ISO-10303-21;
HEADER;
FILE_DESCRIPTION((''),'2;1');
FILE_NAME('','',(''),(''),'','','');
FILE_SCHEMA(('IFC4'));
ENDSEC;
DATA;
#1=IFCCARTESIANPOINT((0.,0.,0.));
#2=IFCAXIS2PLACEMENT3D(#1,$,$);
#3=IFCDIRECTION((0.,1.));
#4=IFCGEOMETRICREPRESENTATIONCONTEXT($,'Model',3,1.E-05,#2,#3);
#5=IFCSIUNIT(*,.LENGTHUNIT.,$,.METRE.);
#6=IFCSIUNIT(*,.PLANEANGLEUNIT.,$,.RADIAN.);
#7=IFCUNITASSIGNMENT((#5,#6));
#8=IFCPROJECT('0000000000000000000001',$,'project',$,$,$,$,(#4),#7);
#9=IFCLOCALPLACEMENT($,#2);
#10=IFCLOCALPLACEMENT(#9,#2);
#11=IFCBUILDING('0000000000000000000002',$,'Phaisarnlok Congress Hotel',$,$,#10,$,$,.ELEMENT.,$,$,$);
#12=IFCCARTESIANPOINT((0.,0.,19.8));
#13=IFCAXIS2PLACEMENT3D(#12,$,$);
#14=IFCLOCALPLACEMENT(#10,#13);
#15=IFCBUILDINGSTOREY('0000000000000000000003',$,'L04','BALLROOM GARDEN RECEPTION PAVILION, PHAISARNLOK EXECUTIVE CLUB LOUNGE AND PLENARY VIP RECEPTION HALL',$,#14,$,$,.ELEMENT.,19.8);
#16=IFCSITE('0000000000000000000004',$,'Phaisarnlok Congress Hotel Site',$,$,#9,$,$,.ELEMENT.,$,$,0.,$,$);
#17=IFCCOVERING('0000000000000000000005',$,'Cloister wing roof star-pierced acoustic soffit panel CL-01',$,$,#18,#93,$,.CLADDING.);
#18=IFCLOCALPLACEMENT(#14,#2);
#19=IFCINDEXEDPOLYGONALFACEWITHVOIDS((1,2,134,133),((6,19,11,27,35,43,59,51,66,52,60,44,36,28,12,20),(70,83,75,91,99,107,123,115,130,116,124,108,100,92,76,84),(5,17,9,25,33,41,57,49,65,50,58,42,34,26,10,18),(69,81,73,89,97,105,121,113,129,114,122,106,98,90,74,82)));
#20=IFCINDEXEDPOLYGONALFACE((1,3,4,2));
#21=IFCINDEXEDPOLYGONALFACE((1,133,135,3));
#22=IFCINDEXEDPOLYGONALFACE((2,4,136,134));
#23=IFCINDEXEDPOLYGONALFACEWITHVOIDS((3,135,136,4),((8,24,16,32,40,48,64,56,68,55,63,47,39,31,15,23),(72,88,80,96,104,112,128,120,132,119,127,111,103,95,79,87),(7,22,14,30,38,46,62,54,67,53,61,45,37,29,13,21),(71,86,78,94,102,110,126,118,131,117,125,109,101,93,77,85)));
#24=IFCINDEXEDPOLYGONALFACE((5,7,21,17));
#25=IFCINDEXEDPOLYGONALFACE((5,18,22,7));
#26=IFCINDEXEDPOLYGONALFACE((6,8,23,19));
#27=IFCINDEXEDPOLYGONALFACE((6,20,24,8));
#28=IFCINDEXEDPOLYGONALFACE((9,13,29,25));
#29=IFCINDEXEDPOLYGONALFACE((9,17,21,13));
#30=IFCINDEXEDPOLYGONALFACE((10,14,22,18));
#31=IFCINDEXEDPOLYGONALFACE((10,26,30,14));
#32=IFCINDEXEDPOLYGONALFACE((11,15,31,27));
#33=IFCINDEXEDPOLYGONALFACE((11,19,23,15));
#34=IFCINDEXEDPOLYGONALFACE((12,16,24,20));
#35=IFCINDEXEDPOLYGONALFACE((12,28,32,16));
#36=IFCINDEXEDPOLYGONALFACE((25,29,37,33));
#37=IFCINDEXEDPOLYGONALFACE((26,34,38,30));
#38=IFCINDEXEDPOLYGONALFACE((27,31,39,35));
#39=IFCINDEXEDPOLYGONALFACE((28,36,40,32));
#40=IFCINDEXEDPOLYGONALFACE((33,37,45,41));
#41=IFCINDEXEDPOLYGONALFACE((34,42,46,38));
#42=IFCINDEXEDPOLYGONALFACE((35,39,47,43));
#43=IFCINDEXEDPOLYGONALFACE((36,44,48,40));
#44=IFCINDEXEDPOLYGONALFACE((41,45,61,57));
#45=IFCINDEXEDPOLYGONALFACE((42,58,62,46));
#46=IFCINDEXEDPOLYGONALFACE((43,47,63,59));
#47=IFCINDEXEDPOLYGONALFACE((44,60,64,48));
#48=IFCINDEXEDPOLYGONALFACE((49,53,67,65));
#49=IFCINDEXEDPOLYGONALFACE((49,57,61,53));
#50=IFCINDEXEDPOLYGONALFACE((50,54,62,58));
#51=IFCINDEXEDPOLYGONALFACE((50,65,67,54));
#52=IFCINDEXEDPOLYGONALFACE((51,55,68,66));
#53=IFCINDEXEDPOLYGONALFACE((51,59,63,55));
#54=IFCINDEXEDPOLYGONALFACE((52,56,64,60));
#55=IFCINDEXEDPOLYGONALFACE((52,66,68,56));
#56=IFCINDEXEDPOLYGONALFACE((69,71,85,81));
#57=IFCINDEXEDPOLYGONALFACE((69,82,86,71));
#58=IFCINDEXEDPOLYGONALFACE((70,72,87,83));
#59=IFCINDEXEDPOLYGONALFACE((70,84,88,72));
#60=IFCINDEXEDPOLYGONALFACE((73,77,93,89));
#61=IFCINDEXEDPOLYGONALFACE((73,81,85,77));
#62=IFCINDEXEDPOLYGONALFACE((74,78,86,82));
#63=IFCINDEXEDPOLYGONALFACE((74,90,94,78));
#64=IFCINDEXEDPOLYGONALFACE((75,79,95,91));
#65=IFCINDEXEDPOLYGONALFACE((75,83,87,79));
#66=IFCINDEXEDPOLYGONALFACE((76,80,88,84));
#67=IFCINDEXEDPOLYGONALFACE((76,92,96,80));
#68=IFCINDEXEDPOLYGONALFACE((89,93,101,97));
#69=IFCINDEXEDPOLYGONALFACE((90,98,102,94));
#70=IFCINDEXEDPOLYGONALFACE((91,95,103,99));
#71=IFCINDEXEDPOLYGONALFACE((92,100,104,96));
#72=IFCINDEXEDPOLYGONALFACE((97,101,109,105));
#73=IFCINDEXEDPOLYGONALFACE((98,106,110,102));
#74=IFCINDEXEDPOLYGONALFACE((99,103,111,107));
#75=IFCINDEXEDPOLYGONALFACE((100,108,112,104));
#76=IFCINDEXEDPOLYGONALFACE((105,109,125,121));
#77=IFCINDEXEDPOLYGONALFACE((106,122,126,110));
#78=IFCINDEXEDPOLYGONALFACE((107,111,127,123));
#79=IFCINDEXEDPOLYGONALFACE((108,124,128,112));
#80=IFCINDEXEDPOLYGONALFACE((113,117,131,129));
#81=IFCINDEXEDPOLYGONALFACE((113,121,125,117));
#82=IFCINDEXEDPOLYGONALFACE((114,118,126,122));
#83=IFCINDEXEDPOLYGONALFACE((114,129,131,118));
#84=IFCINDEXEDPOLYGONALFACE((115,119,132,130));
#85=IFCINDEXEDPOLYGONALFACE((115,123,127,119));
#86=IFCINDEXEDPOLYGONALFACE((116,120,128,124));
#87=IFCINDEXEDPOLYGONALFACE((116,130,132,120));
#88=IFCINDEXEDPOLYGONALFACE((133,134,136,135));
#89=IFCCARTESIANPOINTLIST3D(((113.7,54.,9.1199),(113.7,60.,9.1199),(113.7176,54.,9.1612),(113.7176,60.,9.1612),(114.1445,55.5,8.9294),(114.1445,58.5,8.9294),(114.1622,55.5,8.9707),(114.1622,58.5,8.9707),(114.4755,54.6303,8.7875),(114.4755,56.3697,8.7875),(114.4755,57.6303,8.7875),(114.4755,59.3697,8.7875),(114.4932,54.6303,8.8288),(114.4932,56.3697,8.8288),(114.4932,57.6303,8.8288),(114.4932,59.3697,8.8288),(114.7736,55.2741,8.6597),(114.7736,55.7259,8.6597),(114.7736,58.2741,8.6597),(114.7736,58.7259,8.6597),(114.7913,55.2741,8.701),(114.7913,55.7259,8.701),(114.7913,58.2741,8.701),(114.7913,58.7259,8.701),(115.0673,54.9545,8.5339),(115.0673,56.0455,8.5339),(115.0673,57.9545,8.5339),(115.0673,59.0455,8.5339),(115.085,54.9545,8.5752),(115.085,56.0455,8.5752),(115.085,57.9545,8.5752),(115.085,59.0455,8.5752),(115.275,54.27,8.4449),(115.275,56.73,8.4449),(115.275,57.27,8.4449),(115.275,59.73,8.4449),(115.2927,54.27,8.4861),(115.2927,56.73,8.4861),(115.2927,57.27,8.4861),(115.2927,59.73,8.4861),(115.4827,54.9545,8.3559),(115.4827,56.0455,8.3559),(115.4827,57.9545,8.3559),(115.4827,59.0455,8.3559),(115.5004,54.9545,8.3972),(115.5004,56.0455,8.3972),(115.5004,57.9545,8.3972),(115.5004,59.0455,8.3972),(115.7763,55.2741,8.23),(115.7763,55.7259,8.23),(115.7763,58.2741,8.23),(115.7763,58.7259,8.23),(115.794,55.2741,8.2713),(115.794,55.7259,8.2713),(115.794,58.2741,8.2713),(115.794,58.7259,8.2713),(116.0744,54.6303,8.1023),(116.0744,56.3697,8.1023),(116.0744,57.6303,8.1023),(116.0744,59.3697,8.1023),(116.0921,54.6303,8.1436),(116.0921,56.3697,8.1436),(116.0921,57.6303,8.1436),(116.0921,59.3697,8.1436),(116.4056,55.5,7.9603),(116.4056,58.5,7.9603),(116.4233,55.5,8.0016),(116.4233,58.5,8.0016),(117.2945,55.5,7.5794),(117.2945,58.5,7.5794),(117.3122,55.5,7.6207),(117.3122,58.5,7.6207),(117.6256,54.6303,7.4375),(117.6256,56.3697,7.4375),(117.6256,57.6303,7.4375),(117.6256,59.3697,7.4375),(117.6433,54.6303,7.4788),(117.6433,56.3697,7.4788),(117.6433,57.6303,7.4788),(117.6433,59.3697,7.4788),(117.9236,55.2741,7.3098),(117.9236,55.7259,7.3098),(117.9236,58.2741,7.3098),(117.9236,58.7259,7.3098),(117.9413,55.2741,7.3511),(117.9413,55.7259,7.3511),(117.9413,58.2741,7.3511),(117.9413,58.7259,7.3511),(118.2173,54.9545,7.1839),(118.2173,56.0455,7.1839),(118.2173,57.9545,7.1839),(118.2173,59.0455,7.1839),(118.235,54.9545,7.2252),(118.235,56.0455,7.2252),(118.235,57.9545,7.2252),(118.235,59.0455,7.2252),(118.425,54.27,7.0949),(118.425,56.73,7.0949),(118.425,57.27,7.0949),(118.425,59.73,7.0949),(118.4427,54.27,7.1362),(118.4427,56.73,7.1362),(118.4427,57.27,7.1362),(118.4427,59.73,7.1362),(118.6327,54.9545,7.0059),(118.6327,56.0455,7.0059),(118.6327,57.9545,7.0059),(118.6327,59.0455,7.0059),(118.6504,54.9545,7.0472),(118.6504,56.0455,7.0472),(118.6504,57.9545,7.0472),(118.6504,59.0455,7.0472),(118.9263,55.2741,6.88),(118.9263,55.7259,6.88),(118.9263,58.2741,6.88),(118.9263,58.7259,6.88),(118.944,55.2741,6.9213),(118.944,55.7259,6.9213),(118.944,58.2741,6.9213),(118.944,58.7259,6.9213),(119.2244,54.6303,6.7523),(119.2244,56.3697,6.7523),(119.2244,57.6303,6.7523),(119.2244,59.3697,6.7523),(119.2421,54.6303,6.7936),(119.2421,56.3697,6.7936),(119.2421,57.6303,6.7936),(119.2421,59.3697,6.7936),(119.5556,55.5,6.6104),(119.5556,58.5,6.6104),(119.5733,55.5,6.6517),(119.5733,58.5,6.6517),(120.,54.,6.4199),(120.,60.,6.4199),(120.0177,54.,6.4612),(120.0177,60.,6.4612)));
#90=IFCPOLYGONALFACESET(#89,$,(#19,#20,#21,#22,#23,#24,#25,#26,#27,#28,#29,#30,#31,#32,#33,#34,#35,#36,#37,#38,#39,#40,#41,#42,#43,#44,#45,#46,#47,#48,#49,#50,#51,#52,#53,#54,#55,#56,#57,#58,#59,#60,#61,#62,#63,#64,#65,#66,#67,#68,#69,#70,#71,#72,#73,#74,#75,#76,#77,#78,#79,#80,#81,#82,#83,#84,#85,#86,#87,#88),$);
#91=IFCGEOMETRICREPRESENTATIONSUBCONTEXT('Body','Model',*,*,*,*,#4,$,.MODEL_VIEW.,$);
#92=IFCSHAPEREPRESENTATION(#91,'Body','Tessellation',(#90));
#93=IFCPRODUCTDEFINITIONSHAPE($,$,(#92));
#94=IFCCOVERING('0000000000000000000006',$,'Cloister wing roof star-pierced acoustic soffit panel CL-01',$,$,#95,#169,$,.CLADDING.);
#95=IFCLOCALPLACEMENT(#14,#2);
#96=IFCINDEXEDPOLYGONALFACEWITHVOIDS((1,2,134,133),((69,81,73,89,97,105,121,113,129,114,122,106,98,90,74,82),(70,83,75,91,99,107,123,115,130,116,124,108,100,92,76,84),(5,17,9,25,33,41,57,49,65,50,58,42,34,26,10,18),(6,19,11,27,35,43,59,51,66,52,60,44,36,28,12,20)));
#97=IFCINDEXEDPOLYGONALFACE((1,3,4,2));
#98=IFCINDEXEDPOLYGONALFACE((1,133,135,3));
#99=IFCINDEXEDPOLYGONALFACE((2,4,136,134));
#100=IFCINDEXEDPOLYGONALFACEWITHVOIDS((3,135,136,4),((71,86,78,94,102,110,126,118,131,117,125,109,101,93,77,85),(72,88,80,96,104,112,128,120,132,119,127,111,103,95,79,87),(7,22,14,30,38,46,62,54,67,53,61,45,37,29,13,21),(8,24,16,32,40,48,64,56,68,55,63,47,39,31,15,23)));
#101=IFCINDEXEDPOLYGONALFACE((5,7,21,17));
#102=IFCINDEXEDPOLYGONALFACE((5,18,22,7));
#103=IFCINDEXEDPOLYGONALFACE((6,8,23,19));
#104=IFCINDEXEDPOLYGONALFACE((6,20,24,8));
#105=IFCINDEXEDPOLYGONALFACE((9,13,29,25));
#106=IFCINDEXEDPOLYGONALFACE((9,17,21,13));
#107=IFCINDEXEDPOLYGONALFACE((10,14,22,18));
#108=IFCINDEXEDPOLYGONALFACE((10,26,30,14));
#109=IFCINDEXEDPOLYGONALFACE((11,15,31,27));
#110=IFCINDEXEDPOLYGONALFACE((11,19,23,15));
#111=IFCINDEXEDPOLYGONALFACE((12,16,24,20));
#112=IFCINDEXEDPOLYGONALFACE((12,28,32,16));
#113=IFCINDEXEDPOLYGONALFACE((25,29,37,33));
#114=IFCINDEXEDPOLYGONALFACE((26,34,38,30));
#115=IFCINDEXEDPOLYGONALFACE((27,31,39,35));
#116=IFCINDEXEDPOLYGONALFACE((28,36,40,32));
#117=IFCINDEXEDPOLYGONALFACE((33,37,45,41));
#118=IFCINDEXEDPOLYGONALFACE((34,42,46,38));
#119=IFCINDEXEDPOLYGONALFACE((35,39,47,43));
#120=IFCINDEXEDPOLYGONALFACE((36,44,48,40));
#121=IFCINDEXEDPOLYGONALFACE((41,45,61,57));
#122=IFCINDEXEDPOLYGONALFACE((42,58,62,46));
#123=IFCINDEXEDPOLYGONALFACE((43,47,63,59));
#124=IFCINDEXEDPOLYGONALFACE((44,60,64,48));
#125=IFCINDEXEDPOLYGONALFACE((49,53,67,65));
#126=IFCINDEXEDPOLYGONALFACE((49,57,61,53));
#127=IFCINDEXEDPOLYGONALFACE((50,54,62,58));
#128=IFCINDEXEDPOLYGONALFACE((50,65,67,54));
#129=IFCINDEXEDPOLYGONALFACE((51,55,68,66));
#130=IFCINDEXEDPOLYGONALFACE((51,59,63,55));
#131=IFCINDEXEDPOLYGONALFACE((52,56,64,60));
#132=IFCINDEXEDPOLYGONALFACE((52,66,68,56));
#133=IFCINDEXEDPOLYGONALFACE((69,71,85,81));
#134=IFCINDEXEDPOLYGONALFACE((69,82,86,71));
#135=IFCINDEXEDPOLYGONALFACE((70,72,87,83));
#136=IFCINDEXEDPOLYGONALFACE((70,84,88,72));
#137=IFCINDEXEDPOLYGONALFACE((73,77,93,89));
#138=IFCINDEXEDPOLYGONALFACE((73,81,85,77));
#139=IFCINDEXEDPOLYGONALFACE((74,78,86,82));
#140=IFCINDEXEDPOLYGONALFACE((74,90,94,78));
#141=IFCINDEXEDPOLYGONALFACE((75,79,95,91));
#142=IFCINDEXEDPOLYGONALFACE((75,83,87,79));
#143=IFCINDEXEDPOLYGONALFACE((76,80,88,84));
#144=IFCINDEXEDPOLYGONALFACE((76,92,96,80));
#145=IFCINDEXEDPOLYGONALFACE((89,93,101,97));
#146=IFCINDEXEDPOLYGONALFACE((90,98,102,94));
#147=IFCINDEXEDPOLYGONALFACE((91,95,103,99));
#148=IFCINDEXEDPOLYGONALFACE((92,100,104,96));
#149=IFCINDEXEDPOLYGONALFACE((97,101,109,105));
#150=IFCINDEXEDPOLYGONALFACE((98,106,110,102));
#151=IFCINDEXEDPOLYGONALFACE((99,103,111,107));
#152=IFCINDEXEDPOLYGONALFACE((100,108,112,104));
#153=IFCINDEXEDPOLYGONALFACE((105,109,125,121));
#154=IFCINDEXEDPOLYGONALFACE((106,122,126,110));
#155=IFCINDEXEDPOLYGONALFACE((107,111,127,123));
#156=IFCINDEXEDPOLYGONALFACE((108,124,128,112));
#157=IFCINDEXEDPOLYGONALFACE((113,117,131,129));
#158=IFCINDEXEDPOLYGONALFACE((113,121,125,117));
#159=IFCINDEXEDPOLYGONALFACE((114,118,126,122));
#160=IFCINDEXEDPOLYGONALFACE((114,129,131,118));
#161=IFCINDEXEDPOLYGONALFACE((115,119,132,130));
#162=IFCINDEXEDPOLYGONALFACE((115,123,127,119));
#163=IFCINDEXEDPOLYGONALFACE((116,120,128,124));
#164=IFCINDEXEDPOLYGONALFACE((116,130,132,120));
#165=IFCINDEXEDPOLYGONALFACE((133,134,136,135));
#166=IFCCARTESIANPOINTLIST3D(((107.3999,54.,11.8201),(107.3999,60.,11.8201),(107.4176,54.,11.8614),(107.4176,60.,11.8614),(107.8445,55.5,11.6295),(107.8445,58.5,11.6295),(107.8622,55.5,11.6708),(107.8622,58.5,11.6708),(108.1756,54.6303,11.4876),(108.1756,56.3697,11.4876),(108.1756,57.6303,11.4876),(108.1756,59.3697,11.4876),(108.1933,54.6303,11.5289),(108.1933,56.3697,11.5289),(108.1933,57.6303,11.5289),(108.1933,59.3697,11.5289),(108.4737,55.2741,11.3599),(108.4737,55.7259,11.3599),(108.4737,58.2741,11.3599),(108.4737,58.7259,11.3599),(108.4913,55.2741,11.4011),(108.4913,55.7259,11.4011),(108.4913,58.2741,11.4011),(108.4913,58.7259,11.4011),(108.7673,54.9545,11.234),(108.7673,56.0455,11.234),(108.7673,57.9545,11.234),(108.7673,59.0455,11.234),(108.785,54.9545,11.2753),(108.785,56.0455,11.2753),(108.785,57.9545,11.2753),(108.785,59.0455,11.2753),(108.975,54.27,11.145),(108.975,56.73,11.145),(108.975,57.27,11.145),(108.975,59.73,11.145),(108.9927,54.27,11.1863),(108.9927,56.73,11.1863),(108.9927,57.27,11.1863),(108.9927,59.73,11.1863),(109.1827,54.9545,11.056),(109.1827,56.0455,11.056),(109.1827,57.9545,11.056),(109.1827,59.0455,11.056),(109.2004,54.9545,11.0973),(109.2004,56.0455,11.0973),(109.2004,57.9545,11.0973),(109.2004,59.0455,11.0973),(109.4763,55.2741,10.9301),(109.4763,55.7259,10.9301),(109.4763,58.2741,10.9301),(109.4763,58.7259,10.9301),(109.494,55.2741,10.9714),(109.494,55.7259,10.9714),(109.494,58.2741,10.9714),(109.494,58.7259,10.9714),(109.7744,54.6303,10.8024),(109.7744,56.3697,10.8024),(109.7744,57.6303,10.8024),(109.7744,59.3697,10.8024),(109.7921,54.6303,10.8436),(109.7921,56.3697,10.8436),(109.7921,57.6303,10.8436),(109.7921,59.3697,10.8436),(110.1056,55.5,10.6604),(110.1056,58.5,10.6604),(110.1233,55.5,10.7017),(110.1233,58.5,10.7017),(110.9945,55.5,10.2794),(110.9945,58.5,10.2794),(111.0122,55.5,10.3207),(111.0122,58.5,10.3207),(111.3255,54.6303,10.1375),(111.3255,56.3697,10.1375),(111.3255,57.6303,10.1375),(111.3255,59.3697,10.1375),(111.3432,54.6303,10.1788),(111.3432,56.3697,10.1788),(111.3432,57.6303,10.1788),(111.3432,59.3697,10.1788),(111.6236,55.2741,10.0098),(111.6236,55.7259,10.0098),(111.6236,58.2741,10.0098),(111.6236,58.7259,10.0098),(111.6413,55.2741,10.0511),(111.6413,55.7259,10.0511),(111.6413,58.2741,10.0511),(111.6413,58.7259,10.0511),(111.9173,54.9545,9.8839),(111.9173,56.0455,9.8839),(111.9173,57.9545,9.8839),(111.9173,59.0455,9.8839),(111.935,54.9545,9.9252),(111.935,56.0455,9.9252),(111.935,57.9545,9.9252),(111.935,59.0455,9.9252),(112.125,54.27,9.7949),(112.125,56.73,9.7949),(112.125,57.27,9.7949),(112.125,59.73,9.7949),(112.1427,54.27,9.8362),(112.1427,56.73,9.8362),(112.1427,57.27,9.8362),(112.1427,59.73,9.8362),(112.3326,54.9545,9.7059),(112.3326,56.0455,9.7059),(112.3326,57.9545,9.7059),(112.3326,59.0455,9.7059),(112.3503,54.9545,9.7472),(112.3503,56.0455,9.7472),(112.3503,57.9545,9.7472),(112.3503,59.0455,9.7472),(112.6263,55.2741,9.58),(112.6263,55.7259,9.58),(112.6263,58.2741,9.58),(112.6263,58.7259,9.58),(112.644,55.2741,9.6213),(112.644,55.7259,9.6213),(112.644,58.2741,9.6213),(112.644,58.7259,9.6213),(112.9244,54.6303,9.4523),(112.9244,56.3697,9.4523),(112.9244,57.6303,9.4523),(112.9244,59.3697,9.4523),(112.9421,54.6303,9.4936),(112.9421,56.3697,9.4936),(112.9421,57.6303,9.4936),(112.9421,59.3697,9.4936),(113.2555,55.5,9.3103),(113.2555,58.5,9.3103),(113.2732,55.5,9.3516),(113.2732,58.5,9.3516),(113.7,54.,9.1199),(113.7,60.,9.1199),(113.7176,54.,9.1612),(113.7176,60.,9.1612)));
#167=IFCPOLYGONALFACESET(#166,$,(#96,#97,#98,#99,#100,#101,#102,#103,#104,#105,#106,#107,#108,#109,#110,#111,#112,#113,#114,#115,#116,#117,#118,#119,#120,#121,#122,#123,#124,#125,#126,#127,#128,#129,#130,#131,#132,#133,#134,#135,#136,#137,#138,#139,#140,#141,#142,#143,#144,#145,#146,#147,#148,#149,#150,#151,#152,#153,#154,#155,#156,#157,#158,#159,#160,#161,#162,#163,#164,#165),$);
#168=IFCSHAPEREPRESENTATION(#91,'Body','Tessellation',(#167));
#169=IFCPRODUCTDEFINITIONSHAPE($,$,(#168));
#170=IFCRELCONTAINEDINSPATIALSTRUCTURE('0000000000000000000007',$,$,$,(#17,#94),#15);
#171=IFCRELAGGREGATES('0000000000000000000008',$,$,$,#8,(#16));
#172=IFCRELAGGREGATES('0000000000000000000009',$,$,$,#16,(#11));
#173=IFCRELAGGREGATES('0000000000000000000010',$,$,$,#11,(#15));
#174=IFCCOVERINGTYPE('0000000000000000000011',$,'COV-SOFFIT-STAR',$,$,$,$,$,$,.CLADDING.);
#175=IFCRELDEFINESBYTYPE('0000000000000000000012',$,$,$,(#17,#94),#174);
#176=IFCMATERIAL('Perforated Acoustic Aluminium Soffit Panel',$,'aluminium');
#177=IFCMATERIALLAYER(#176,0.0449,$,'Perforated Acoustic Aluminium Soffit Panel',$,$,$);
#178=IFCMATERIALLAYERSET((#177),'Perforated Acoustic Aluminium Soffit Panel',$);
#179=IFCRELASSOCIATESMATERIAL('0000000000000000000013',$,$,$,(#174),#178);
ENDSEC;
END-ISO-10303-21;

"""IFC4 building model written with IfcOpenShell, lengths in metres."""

from ifc_helpers import new_model, si_unit, direction, frame, origin, place, context, subcontext, project, spatial, polyline, outline, extrude, material, layer, layer_set, type_object, element, save


model = new_model("IFC4")

# Units and contexts
model_context = context("Model", 3, precision=1e-05, world=origin(), true_north=direction((0.0, 1.0)))
body_context = subcontext(model_context, "Body", "Model", "MODEL_VIEW")
ifc_project = project(units=[si_unit("LENGTHUNIT", "METRE"), si_unit("PLANEANGLEUNIT", "RADIAN")], contexts=[model_context])

# Site, building, storey
site_placement = place(None, origin())
site = spatial("IfcSite", under=ifc_project, at=site_placement, Name="Phaisarnlok Congress Hotel Site", CompositionType="ELEMENT", RefElevation=0.0)
building_placement = place(site_placement, origin())
building = spatial("IfcBuilding", under=site, at=building_placement, Name="Phaisarnlok Congress Hotel", CompositionType="ELEMENT")
storey_placement = place(building_placement, frame((0.0, 0.0, 19.8)))
storey = spatial("IfcBuildingStorey", under=building, at=storey_placement, Name="L04", Description="BALLROOM GARDEN RECEPTION PAVILION, PHAISARNLOK EXECUTIVE CLUB LOUNGE AND PLENARY VIP RECEPTION HALL", CompositionType="ELEMENT", Elevation=19.8)

# Coverings
ifc_material_1 = material(Name="Perforated Acoustic Aluminium Soffit Panel", Category="aluminium")
ifc_layer_1 = layer(ifc_material_1, 0.0449, Name="Perforated Acoustic Aluminium Soffit Panel")
ifc_layer_set_1 = layer_set([ifc_layer_1], Name="Perforated Acoustic Aluminium Soffit Panel")
covering_type = type_object("IfcCoveringType", Name="COV-SOFFIT-STAR", PredefinedType="CLADDING", material=ifc_layer_set_1)
covering_1_placement = place(storey_placement, frame((120.0, 54.0, 6.4199), z_axis=(0.393911, 0.0, 0.919149), x_axis=(0.0, 1.0, 0.0)))
element("IfcCovering", 1, at=covering_1_placement, inside=storey, type_object=covering_type, Name="Cloister wing roof star-pierced acoustic soffit panel CL-01", PredefinedType="CLADDING", context=body_context, shape_type="SweptSolid", body=[
    extrude(outline(polyline([(0.0, 0.0), (6.0, 0.0), (6.0, 6.8542), (0.0, 6.8542), (0.0, 0.0)]), holes=[polyline([(2.0455, 1.4876), (2.3697, 0.8438), (1.7259, 1.1681), (1.5, 0.4835), (1.2741, 1.1681), (0.6303, 0.8438), (0.9545, 1.4876), (0.27, 1.7135), (0.9545, 1.9395), (0.6303, 2.5833), (1.2741, 2.259), (1.5, 2.9435), (1.7259, 2.259), (2.3697, 2.5833), (2.0455, 1.9395), (2.73, 1.7135), (2.0455, 1.4876)]), polyline([(2.0455, 4.9147), (2.3697, 4.2709), (1.7259, 4.5952), (1.5, 3.9106), (1.2741, 4.5952), (0.6303, 4.2709), (0.9545, 4.9147), (0.27, 5.1406), (0.9545, 5.3666), (0.6303, 6.0104), (1.2741, 5.6861), (1.5, 6.3706), (1.7259, 5.6861), (2.3697, 6.0104), (2.0455, 5.3666), (2.73, 5.1406), (2.0455, 4.9147)]), polyline([(5.0455, 1.4876), (5.3697, 0.8438), (4.7259, 1.1681), (4.5, 0.4835), (4.2741, 1.1681), (3.6303, 0.8438), (3.9545, 1.4876), (3.27, 1.7135), (3.9545, 1.9395), (3.6303, 2.5833), (4.2741, 2.259), (4.5, 2.9435), (4.7259, 2.259), (5.3697, 2.5833), (5.0455, 1.9395), (5.73, 1.7135), (5.0455, 1.4876)]), polyline([(5.0455, 4.9147), (5.3697, 4.2709), (4.7259, 4.5952), (4.5, 3.9106), (4.2741, 4.5952), (3.6303, 4.2709), (3.9545, 4.9147), (3.27, 5.1406), (3.9545, 5.3666), (3.6303, 6.0104), (4.2741, 5.6861), (4.5, 6.3706), (4.7259, 5.6861), (5.3697, 6.0104), (5.0455, 5.3666), (5.73, 5.1406), (5.0455, 4.9147)])]), origin(), (0.0, 0.0, 1.0), 0.0449),
])
covering_2_placement = place(storey_placement, frame((113.7, 54.0, 9.1199), z_axis=(0.393941, 0.0, 0.919136), x_axis=(0.0, 1.0, 0.0)))
element("IfcCovering", 2, at=covering_2_placement, inside=storey, type_object=covering_type, Name="Cloister wing roof star-pierced acoustic soffit panel CL-01", PredefinedType="CLADDING", context=body_context, shape_type="SweptSolid", body=[
    extrude(outline(polyline([(0.0, 0.0), (6.0, 0.0), (6.0, 6.8543), (0.0, 6.8543), (0.0, 0.0)]), holes=[polyline([(2.0455, 1.4876), (2.3697, 0.8438), (1.7259, 1.1681), (1.5, 0.4835), (1.2741, 1.1681), (0.6303, 0.8438), (0.9545, 1.4876), (0.27, 1.7135), (0.9545, 1.9395), (0.6303, 2.5833), (1.2741, 2.259), (1.5, 2.9435), (1.7259, 2.259), (2.3697, 2.5833), (2.0455, 1.9395), (2.73, 1.7135), (2.0455, 1.4876)]), polyline([(2.0455, 4.9147), (2.3697, 4.2709), (1.7259, 4.5952), (1.5, 3.9106), (1.2741, 4.5952), (0.6303, 4.2709), (0.9545, 4.9147), (0.27, 5.1406), (0.9545, 5.3666), (0.6303, 6.0104), (1.2741, 5.6861), (1.5, 6.3706), (1.7259, 5.6861), (2.3697, 6.0104), (2.0455, 5.3666), (2.73, 5.1406), (2.0455, 4.9147)]), polyline([(5.0455, 1.4876), (5.3697, 0.8438), (4.7259, 1.1681), (4.5, 0.4835), (4.2741, 1.1681), (3.6303, 0.8438), (3.9545, 1.4876), (3.27, 1.7135), (3.9545, 1.9395), (3.6303, 2.5833), (4.2741, 2.259), (4.5, 2.9435), (4.7259, 2.259), (5.3697, 2.5833), (5.0455, 1.9395), (5.73, 1.7135), (5.0455, 1.4876)]), polyline([(5.0455, 4.9147), (5.3697, 4.2709), (4.7259, 4.5952), (4.5, 3.9106), (4.2741, 4.5952), (3.6303, 4.2709), (3.9545, 4.9147), (3.27, 5.1406), (3.9545, 5.3666), (3.6303, 6.0104), (4.2741, 5.6861), (4.5, 6.3706), (4.7259, 5.6861), (5.3697, 6.0104), (5.0455, 5.3666), (5.73, 5.1406), (5.0455, 4.9147)])]), origin(), (0.0, 0.0, 1.0), 0.0449),
])

save(model, "model.ifc")
